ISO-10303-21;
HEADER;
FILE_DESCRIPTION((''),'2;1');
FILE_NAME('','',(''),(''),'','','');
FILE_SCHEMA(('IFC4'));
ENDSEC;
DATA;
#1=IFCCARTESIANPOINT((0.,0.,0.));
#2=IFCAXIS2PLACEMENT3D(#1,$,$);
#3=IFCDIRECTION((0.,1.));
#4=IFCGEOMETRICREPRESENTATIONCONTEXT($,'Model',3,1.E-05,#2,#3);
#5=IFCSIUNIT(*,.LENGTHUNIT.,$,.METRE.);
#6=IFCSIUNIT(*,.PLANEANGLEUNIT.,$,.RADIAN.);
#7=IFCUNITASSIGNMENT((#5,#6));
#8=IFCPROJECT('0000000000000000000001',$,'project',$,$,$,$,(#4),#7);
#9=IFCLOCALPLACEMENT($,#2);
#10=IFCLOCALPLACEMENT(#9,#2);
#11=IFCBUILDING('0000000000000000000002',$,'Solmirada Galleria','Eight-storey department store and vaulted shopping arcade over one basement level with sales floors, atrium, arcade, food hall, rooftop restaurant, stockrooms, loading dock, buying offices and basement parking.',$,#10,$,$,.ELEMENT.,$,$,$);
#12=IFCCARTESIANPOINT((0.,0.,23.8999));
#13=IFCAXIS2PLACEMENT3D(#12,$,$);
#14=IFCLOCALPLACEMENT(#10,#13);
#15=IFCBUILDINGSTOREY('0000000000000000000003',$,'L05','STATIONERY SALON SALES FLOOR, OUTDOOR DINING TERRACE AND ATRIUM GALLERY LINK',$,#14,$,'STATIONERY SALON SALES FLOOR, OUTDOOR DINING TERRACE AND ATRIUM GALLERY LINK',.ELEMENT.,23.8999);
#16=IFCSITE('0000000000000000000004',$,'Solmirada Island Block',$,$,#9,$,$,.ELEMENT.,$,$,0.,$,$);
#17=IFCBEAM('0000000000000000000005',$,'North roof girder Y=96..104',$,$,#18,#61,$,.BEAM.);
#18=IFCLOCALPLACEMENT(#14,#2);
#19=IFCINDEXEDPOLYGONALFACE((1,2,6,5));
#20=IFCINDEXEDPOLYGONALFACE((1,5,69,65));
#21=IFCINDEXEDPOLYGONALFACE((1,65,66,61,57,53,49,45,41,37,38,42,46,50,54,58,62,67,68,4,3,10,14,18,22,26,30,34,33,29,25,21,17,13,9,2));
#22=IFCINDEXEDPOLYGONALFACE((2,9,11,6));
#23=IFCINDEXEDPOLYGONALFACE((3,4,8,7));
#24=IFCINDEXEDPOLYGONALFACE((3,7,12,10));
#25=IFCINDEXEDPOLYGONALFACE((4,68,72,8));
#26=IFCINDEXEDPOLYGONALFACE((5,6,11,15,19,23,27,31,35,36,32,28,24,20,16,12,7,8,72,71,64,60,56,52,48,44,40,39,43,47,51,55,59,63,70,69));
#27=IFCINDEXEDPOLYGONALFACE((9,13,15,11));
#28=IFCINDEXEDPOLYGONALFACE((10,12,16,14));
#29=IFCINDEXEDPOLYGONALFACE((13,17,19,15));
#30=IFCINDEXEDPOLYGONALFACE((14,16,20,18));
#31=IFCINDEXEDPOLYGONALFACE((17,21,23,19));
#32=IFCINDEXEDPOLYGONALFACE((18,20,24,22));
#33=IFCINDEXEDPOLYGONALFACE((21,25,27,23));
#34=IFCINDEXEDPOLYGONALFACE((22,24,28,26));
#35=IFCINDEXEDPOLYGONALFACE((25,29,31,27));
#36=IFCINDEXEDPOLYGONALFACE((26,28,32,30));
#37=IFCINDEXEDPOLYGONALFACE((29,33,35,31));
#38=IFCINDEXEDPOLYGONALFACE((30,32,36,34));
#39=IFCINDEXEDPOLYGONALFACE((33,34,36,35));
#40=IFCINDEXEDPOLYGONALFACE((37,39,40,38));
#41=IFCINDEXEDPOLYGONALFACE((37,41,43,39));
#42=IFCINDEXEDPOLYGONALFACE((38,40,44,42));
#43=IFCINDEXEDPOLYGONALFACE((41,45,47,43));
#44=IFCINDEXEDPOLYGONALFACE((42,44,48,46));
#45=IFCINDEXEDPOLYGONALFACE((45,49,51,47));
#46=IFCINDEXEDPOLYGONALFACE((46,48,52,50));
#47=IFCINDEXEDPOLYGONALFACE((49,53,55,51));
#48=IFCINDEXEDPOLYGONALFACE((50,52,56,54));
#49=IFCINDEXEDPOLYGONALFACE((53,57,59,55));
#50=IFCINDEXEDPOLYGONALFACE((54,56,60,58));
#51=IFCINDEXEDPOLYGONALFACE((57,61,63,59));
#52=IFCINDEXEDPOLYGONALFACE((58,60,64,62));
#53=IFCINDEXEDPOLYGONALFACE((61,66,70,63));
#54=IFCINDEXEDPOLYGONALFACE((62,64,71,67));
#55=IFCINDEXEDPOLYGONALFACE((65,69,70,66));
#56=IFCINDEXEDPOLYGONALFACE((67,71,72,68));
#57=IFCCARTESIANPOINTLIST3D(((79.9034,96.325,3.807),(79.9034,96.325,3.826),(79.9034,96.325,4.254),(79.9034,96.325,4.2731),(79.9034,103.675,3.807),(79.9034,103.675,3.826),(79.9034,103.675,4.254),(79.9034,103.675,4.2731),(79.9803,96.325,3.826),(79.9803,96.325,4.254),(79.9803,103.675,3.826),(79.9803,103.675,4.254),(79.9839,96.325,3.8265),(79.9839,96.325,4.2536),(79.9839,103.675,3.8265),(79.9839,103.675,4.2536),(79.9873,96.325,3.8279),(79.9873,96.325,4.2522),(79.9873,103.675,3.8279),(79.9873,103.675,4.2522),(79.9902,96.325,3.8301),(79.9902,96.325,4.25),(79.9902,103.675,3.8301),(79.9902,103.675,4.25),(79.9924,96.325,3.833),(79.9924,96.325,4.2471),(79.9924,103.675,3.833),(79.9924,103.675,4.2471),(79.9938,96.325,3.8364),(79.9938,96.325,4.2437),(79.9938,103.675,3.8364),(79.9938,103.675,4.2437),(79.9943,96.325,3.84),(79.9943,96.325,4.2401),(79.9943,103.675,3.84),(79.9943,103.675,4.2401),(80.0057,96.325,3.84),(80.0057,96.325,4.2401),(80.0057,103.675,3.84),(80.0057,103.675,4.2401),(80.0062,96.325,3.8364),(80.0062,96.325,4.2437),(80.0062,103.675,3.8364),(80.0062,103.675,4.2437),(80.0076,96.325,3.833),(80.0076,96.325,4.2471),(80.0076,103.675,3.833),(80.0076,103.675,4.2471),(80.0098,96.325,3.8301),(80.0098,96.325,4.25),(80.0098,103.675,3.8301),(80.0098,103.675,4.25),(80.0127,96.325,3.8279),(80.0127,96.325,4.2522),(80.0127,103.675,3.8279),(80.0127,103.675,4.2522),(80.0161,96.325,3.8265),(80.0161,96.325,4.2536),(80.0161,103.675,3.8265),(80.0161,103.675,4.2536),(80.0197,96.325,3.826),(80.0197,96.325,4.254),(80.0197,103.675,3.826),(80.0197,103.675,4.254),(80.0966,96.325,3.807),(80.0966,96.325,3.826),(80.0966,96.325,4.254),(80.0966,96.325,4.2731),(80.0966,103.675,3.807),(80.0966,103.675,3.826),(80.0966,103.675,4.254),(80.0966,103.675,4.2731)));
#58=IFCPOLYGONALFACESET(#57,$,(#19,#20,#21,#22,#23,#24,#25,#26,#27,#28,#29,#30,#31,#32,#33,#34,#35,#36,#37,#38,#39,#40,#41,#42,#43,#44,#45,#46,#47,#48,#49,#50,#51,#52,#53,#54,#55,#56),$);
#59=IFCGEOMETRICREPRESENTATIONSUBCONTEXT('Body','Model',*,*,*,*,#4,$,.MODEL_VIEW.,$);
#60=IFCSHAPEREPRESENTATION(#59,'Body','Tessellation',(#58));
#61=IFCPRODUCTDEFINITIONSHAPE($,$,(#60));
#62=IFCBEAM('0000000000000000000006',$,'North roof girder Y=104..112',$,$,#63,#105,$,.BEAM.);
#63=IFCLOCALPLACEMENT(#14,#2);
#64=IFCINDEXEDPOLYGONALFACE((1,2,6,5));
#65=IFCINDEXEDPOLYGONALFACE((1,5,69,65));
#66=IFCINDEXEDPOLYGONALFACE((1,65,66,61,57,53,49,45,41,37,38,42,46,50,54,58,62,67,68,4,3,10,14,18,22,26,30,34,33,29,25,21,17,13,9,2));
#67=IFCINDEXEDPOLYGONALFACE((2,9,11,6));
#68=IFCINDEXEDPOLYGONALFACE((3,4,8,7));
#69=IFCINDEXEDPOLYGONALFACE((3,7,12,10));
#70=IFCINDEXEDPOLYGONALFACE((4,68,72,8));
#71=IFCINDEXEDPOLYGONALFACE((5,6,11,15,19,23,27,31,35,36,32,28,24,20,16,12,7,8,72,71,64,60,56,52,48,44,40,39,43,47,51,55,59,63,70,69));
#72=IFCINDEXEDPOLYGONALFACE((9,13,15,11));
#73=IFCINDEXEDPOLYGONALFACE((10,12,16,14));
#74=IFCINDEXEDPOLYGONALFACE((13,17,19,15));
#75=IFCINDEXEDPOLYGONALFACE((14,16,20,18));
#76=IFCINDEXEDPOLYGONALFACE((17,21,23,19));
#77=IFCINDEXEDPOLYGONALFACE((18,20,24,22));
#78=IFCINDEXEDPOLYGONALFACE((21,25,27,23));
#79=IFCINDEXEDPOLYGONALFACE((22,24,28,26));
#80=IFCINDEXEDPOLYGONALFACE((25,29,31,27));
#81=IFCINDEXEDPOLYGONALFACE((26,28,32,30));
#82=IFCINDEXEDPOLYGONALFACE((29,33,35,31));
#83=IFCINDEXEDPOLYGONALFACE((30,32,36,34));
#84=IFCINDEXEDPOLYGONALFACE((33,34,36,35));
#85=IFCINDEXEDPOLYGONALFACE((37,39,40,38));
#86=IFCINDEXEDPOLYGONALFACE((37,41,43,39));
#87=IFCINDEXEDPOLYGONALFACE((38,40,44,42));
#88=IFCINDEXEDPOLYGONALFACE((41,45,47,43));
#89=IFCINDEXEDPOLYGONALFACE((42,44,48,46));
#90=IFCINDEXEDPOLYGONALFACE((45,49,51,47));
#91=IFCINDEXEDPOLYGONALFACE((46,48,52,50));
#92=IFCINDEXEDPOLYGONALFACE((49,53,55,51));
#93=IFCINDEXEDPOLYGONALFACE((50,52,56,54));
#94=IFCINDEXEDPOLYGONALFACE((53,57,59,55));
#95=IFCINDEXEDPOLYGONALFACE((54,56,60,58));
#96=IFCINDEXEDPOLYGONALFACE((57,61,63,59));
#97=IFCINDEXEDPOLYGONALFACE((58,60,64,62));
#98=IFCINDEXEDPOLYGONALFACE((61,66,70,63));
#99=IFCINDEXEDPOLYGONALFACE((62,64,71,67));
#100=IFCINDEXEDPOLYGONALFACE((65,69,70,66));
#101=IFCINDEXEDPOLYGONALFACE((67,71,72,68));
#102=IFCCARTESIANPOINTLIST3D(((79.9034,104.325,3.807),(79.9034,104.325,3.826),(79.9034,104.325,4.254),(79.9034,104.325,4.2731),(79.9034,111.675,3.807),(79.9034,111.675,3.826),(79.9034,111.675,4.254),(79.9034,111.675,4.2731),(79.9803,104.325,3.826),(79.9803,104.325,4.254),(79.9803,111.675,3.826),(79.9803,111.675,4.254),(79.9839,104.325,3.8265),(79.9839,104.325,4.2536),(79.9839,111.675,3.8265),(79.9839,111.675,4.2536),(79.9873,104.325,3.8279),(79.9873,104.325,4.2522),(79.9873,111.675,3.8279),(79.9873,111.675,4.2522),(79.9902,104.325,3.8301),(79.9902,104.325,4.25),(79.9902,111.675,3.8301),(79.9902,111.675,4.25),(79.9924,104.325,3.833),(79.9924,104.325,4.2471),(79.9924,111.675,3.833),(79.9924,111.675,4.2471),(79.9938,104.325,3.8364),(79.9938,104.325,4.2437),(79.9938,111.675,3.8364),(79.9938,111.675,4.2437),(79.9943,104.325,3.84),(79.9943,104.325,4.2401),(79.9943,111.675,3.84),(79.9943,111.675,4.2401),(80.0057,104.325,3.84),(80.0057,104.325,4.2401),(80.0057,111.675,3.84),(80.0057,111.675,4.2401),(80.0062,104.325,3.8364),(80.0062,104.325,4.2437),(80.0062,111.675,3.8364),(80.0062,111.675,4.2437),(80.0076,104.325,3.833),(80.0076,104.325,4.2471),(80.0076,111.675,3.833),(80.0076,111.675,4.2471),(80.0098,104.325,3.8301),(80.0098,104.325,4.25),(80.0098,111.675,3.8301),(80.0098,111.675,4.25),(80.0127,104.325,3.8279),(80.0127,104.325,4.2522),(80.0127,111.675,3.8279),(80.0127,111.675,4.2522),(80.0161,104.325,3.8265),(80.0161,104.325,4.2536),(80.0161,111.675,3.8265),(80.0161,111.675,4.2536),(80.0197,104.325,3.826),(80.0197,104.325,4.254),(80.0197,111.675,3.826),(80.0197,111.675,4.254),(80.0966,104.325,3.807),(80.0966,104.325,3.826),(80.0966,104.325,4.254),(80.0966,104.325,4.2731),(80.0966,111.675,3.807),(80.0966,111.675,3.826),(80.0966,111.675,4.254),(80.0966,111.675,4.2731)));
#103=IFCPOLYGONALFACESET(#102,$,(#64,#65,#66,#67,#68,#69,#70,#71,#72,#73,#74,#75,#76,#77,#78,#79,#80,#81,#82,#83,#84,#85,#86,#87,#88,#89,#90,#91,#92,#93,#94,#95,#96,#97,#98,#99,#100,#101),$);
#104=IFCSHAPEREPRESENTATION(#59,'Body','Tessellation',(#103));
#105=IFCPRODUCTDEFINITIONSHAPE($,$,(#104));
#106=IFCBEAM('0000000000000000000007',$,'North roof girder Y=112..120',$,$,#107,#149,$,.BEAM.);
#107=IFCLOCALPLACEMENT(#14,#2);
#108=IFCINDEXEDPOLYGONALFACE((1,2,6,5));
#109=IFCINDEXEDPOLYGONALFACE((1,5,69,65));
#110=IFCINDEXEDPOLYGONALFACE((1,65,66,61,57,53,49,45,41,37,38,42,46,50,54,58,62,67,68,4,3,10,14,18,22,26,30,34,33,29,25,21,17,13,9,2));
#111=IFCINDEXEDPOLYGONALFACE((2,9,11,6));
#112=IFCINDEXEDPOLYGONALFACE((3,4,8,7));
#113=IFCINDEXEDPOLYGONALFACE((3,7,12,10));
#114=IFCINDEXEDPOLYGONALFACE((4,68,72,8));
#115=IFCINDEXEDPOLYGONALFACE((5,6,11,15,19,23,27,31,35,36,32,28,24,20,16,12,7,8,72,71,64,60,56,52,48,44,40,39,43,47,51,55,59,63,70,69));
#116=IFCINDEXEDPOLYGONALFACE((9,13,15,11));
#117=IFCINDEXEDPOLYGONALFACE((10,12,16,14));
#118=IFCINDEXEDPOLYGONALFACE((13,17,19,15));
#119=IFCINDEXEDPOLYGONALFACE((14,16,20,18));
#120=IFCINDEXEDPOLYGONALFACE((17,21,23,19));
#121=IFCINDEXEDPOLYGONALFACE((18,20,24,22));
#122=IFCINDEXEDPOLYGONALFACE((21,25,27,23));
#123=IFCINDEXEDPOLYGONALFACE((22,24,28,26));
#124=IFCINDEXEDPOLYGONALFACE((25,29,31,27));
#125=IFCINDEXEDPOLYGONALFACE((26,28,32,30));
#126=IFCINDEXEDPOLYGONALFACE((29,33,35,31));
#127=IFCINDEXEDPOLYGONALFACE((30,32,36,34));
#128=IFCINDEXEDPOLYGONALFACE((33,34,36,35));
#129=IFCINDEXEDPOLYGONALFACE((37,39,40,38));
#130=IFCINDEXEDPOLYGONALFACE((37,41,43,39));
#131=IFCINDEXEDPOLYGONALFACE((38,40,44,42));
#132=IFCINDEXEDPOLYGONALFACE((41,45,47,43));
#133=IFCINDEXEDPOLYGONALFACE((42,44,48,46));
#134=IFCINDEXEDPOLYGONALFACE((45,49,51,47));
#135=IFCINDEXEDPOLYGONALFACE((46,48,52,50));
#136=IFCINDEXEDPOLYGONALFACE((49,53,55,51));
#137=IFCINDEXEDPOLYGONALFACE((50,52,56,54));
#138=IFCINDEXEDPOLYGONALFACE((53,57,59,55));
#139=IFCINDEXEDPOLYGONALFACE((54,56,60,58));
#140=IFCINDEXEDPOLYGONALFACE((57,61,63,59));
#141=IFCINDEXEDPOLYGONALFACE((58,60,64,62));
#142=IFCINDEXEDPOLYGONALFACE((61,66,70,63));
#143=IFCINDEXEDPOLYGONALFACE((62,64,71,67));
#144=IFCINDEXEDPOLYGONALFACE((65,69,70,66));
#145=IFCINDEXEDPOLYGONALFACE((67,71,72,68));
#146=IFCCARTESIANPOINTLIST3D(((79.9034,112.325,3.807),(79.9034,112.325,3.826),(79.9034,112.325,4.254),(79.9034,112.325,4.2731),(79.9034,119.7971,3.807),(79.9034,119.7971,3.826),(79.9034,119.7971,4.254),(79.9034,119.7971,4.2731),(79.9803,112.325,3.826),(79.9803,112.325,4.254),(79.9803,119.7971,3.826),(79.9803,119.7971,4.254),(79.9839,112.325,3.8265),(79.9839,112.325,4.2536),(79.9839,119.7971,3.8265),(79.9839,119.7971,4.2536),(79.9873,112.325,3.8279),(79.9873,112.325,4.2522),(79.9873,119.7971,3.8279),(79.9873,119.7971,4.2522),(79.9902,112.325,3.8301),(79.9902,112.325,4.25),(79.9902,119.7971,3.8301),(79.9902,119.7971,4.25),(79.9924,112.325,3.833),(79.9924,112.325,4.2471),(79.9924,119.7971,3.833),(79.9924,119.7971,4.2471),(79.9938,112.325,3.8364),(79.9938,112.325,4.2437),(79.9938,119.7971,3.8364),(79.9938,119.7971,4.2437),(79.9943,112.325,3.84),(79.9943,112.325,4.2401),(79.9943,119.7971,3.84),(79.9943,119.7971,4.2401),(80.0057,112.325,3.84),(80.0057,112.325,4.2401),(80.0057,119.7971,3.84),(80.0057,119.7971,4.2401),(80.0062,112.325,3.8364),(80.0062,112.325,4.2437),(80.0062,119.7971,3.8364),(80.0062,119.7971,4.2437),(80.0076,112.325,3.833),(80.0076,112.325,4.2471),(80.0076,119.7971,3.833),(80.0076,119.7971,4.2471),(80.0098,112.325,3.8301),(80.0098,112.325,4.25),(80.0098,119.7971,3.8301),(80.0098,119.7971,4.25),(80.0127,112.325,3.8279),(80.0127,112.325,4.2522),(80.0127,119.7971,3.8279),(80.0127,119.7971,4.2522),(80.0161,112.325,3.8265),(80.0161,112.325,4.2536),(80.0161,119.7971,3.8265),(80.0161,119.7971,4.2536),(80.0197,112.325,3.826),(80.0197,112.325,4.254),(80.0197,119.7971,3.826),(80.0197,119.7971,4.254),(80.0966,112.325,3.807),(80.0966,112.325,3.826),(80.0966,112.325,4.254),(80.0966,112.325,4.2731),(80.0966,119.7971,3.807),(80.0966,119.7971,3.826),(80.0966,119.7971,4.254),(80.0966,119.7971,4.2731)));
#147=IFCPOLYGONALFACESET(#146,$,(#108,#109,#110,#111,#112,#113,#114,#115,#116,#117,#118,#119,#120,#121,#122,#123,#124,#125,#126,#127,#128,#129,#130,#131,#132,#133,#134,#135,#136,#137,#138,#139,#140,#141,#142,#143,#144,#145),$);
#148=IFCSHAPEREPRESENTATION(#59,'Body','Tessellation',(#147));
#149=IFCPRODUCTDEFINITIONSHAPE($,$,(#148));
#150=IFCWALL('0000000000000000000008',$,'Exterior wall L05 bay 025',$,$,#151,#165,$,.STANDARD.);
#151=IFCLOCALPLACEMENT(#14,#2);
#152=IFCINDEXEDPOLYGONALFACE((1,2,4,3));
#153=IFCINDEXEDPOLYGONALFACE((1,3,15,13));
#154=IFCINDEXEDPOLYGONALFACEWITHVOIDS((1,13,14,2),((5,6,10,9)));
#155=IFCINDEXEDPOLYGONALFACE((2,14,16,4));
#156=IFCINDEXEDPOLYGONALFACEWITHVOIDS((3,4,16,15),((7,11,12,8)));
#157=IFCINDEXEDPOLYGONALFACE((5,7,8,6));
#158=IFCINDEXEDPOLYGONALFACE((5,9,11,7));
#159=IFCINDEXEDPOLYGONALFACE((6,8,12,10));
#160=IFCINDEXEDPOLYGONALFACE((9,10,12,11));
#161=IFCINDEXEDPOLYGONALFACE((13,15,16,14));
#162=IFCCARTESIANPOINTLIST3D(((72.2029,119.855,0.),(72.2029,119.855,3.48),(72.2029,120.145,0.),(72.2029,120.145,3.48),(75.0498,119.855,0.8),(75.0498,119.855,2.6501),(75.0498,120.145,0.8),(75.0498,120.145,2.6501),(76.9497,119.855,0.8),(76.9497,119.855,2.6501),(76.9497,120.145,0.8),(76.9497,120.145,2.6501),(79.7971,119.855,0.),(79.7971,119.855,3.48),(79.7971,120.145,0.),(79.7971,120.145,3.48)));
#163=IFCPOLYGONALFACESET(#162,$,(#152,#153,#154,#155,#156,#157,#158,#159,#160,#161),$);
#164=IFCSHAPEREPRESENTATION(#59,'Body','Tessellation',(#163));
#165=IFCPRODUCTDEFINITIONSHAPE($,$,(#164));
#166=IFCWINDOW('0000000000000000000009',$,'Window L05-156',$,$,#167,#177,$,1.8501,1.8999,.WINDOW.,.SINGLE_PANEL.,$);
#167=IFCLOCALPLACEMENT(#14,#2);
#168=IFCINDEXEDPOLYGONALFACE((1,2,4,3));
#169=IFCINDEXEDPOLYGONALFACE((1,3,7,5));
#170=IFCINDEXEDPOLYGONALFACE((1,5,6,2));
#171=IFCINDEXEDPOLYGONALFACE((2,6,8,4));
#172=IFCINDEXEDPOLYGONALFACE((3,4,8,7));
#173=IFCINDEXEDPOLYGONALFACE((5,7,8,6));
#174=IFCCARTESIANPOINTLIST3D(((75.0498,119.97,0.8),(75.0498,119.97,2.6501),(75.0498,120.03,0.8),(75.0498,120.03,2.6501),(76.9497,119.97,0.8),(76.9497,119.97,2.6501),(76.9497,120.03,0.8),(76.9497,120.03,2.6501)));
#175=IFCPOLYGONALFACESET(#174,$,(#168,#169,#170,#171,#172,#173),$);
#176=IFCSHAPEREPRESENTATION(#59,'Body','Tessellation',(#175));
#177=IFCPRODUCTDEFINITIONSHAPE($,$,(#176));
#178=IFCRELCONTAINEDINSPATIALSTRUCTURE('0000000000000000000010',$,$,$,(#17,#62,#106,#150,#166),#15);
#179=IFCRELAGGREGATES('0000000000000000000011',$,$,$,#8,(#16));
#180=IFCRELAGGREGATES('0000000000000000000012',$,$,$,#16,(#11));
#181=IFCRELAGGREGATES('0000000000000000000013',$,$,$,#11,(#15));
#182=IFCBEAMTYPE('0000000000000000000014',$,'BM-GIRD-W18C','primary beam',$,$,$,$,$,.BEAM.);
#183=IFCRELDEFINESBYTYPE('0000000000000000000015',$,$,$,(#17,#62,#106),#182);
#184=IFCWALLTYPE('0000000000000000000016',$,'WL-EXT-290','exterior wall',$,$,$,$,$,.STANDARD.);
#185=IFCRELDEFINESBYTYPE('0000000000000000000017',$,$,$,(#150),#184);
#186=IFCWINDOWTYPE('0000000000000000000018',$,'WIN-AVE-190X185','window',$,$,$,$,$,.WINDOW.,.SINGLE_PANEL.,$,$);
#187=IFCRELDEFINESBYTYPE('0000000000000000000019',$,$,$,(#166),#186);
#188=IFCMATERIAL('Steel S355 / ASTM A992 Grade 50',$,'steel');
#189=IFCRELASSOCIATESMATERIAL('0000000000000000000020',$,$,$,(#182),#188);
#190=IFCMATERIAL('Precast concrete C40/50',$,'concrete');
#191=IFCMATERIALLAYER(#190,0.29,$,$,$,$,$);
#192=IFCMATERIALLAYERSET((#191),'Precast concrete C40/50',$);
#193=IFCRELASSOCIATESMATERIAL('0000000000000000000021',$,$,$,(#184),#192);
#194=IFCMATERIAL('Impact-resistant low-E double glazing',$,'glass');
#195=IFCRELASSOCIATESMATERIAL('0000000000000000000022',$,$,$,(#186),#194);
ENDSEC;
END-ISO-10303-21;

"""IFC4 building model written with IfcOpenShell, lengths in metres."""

from ifc_helpers import new_model, si_unit, direction, frame, frame_2d, origin, origin_2d, place, context, subcontext, project, spatial, rectangle, i_section, extrude, material, layer, layer_set, material_profile, profile_set, type_object, element, fill, save


model = new_model("IFC4")

# Units and contexts
model_context = context("Model", 3, precision=1e-05, world=origin(), true_north=direction((0.0, 1.0)))
body_context = subcontext(model_context, "Body", "Model", "MODEL_VIEW")
ifc_project = project(units=[si_unit("LENGTHUNIT", "METRE"), si_unit("PLANEANGLEUNIT", "RADIAN")], contexts=[model_context])

# Site, building, storey
site_placement = place(None, origin())
site = spatial("IfcSite", under=ifc_project, at=site_placement, Name="Solmirada Island Block", CompositionType="ELEMENT", RefElevation=0.0)
building_placement = place(site_placement, origin())
building = spatial("IfcBuilding", under=site, at=building_placement, Name="Solmirada Galleria", Description="Eight-storey department store and vaulted shopping arcade over one basement level with sales floors, atrium, arcade, food hall, rooftop restaurant, stockrooms, loading dock, buying offices and basement parking.", CompositionType="ELEMENT")
storey_placement = place(building_placement, frame((0.0, 0.0, 23.8999)))
storey = spatial("IfcBuildingStorey", under=building, at=storey_placement, Name="L05", Description="STATIONERY SALON SALES FLOOR, OUTDOOR DINING TERRACE AND ATRIUM GALLERY LINK", LongName="STATIONERY SALON SALES FLOOR, OUTDOOR DINING TERRACE AND ATRIUM GALLERY LINK", CompositionType="ELEMENT", Elevation=23.8999)

# Beams
ifc_material_1 = material(Name="Steel S355 / ASTM A992 Grade 50", Category="steel")
ifc_material_profile_1 = material_profile(ifc_material_1, i_section(OverallWidth=0.1931, OverallDepth=0.4661, WebThickness=0.0115, FlangeThickness=0.019, FilletRadius=0.0139, at=origin_2d()), Name="W18X65")
ifc_profile_set_1 = profile_set([ifc_material_profile_1], Name="Steel S355 / ASTM A992 Grade 50")
beam_type = type_object("IfcBeamType", Name="BM-GIRD-W18C", Description="primary beam", PredefinedType="BEAM", material=ifc_profile_set_1)
for number, where, z_axis, x_axis, name in (
    (1, (80.0, 96.325, 4.04), (0.0, 1.0, 0.0), (-1.0, 0.0, 0.0), "North roof girder Y=96..104"),
    (2, (80.0, 104.325, 4.04), (0.0, 1.0, 0.0), (-1.0, 0.0, 0.0), "North roof girder Y=104..112"),
):
    element("IfcBeam", number, at=place(storey_placement, frame(where, z_axis=z_axis, x_axis=x_axis)), inside=storey, type_object=beam_type, Name=name, PredefinedType="BEAM", context=body_context, shape_type="SweptSolid", body=[
        extrude(i_section(OverallWidth=0.1931, OverallDepth=0.4661, WebThickness=0.0115, FlangeThickness=0.019, FilletRadius=0.0139, at=origin_2d()), origin(), (0.0, 0.0, 1.0), 7.3501),
    ])
beam_1_placement = place(storey_placement, frame((80.0, 112.325, 4.04), z_axis=(0.0, 1.0, 0.0), x_axis=(-1.0, 0.0, 0.0)))
element("IfcBeam", 3, at=beam_1_placement, inside=storey, type_object=beam_type, Name="North roof girder Y=112..120", PredefinedType="BEAM", context=body_context, shape_type="SweptSolid", body=[
    extrude(i_section(OverallWidth=0.1931, OverallDepth=0.4661, WebThickness=0.0115, FlangeThickness=0.019, FilletRadius=0.0139, at=origin_2d()), origin(), (0.0, 0.0, 1.0), 7.4722),
])

# Wall, opening, window
ifc_material_2 = material(Name="Precast concrete C40/50", Category="concrete")
ifc_layer_1 = layer(ifc_material_2, 0.29)
ifc_layer_set_1 = layer_set([ifc_layer_1], Name="Precast concrete C40/50")
wall_type = type_object("IfcWallType", Name="WL-EXT-290", Description="exterior wall", PredefinedType="STANDARD", material=ifc_layer_set_1)
wall_1_placement = place(storey_placement, frame((72.2029, 120.0, 0.0), z_axis=(0.0, 0.0, 1.0), x_axis=(1.0, 0.0, 0.0)))
wall_1 = element("IfcWall", 4, at=wall_1_placement, inside=storey, type_object=wall_type, Name="Exterior wall L05 bay 025", PredefinedType="STANDARD", context=body_context, shape_type="SweptSolid", body=[
    extrude(rectangle(XDim=7.5942, YDim=0.29, at=frame_2d((3.7971, 0.0))), origin(), (0.0, 0.0, 1.0), 3.48),
])
opening_1_placement = place(wall_1_placement, frame((2.8469, 0.0, 0.8)))
opening_1 = element("IfcOpeningElement", 5, at=opening_1_placement, cuts=wall_1, PredefinedType="OPENING", context=body_context, shape_type="SweptSolid", body=[
    extrude(rectangle(XDim=1.8999, YDim=1.8501, at=frame_2d((0.95, 0.925))), frame((0.0, 0.155, 0.0), z_axis=(0.0, -1.0, 0.0), x_axis=(1.0, 0.0, 0.0)), (0.0, 0.0, 1.0), 0.3101),
])
ifc_material_3 = material(Name="Impact-resistant low-E double glazing", Category="glass")
window_type_1 = type_object("IfcWindowType", Name="WIN-AVE-190X185", Description="window", PartitioningType="SINGLE_PANEL", PredefinedType="WINDOW", material=ifc_material_3)
window_1_placement = place(opening_1_placement, origin())
window_1 = element("IfcWindow", 6, at=window_1_placement, inside=storey, type_object=window_type_1, Name="Window L05-156", OverallHeight=1.8501, OverallWidth=1.8999, PartitioningType="SINGLE_PANEL", PredefinedType="WINDOW", context=body_context, shape_type="SweptSolid", body=[
    extrude(rectangle(XDim=1.8999, YDim=1.8501, at=frame_2d((0.95, 0.925))), frame((0.0, 0.03, 0.0), z_axis=(0.0, -1.0, 0.0), x_axis=(1.0, 0.0, 0.0)), (0.0, 0.0, 1.0), 0.0601),
])
fill(opening_1, window_1)

save(model, "model.ifc")
